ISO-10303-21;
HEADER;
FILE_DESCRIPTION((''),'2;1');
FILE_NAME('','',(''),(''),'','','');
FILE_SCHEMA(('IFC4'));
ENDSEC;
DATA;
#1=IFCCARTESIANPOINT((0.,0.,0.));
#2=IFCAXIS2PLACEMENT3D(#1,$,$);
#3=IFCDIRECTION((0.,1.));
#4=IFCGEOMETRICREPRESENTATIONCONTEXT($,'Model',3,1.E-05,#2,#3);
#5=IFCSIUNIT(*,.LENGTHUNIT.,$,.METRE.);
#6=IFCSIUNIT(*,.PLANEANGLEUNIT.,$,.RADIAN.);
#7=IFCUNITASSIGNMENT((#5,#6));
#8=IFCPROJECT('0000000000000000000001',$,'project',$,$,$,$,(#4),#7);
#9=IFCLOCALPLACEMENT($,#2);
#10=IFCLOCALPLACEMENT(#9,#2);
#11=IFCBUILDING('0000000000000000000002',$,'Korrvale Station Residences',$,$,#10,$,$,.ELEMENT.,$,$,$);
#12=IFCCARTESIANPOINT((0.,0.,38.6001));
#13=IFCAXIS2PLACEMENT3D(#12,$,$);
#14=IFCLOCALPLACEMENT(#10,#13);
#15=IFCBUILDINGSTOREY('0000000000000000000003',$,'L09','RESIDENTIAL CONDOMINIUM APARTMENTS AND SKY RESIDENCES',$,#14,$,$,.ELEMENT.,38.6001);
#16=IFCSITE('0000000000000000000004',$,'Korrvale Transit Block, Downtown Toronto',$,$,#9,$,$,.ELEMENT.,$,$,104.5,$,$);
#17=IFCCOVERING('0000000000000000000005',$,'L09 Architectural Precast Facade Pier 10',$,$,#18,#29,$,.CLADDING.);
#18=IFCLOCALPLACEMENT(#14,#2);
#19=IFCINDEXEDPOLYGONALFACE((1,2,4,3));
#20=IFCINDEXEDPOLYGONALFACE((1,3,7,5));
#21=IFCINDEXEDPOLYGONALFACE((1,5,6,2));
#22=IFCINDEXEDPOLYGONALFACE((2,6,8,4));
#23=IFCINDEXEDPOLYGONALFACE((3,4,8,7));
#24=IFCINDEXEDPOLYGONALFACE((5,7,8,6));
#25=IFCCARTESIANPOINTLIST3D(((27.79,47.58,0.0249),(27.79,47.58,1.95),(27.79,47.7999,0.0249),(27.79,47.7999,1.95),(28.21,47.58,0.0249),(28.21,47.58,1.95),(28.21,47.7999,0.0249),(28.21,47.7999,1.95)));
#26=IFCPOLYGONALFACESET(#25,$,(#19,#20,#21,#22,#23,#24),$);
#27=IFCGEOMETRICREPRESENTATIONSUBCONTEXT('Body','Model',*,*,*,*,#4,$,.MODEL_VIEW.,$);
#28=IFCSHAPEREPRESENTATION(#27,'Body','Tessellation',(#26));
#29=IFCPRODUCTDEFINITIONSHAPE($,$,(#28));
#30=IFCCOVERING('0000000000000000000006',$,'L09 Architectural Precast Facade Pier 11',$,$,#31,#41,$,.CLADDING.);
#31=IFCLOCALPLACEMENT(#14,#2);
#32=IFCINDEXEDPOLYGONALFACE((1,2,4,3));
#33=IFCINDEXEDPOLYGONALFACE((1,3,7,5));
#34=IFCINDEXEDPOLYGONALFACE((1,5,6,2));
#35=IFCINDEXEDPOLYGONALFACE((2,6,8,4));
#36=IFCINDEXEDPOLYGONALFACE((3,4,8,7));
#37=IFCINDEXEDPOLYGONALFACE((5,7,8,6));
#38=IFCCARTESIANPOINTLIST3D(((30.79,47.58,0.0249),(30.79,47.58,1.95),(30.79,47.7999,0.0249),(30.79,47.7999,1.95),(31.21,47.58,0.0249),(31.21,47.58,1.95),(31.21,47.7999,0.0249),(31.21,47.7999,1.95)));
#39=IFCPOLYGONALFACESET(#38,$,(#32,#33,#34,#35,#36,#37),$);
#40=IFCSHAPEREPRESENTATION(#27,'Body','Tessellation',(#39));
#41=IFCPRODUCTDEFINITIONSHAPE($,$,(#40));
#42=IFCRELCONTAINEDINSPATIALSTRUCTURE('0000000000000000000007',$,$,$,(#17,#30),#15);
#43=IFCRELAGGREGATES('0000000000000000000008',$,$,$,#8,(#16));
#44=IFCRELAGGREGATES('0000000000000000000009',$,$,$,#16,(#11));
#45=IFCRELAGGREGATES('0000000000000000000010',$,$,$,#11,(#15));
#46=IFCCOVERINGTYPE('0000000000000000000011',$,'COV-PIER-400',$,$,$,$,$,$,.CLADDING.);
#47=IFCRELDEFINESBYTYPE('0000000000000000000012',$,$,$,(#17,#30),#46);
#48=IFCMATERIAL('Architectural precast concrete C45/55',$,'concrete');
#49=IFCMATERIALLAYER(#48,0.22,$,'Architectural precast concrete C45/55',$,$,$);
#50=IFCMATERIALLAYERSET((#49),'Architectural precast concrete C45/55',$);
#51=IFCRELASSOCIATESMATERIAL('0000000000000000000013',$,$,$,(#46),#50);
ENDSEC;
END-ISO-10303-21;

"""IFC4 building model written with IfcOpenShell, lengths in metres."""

from ifc_helpers import new_model, si_unit, direction, frame, origin, origin_2d, place, context, subcontext, project, spatial, rectangle, extrude, material, layer, layer_set, type_object, element, save


model = new_model("IFC4")

# Units and contexts
model_context = context("Model", 3, precision=1e-05, world=origin(), true_north=direction((0.0, 1.0)))
body_context = subcontext(model_context, "Body", "Model", "MODEL_VIEW")
ifc_project = project(units=[si_unit("LENGTHUNIT", "METRE"), si_unit("PLANEANGLEUNIT", "RADIAN")], contexts=[model_context])

# Site, building, storey
site_placement = place(None, origin())
site = spatial("IfcSite", under=ifc_project, at=site_placement, Name="Korrvale Transit Block, Downtown Toronto", CompositionType="ELEMENT", RefElevation=104.5)
building_placement = place(site_placement, origin())
building = spatial("IfcBuilding", under=site, at=building_placement, Name="Korrvale Station Residences", CompositionType="ELEMENT")
storey_placement = place(building_placement, frame((0.0, 0.0, 38.6001)))
storey = spatial("IfcBuildingStorey", under=building, at=storey_placement, Name="L09", Description="RESIDENTIAL CONDOMINIUM APARTMENTS AND SKY RESIDENCES", CompositionType="ELEMENT", Elevation=38.6001)

# Coverings
ifc_material_1 = material(Name="Architectural precast concrete C45/55", Category="concrete")
ifc_layer_1 = layer(ifc_material_1, 0.22, Name="Architectural precast concrete C45/55")
ifc_layer_set_1 = layer_set([ifc_layer_1], Name="Architectural precast concrete C45/55")
covering_type = type_object("IfcCoveringType", Name="COV-PIER-400", PredefinedType="CLADDING", material=ifc_layer_set_1)
for number, where, z_axis, x_axis, name in (
    (1, (28.0, 47.6899, 0.0249), (0.0, 0.0, 1.0), (1.0, 0.0, 0.0), "L09 Architectural Precast Facade Pier 10"),
    (2, (31.0, 47.6899, 0.0249), (0.0, 0.0, 1.0), (1.0, 0.0, 0.0), "L09 Architectural Precast Facade Pier 11"),
):
    element("IfcCovering", number, at=place(storey_placement, frame(where, z_axis=z_axis, x_axis=x_axis)), inside=storey, type_object=covering_type, Name=name, PredefinedType="CLADDING", context=body_context, shape_type="SweptSolid", body=[
        extrude(rectangle(XDim=0.4199, YDim=0.22, at=origin_2d()), origin(), (0.0, 0.0, 1.0), 1.925),
    ])

save(model, "model.ifc")
